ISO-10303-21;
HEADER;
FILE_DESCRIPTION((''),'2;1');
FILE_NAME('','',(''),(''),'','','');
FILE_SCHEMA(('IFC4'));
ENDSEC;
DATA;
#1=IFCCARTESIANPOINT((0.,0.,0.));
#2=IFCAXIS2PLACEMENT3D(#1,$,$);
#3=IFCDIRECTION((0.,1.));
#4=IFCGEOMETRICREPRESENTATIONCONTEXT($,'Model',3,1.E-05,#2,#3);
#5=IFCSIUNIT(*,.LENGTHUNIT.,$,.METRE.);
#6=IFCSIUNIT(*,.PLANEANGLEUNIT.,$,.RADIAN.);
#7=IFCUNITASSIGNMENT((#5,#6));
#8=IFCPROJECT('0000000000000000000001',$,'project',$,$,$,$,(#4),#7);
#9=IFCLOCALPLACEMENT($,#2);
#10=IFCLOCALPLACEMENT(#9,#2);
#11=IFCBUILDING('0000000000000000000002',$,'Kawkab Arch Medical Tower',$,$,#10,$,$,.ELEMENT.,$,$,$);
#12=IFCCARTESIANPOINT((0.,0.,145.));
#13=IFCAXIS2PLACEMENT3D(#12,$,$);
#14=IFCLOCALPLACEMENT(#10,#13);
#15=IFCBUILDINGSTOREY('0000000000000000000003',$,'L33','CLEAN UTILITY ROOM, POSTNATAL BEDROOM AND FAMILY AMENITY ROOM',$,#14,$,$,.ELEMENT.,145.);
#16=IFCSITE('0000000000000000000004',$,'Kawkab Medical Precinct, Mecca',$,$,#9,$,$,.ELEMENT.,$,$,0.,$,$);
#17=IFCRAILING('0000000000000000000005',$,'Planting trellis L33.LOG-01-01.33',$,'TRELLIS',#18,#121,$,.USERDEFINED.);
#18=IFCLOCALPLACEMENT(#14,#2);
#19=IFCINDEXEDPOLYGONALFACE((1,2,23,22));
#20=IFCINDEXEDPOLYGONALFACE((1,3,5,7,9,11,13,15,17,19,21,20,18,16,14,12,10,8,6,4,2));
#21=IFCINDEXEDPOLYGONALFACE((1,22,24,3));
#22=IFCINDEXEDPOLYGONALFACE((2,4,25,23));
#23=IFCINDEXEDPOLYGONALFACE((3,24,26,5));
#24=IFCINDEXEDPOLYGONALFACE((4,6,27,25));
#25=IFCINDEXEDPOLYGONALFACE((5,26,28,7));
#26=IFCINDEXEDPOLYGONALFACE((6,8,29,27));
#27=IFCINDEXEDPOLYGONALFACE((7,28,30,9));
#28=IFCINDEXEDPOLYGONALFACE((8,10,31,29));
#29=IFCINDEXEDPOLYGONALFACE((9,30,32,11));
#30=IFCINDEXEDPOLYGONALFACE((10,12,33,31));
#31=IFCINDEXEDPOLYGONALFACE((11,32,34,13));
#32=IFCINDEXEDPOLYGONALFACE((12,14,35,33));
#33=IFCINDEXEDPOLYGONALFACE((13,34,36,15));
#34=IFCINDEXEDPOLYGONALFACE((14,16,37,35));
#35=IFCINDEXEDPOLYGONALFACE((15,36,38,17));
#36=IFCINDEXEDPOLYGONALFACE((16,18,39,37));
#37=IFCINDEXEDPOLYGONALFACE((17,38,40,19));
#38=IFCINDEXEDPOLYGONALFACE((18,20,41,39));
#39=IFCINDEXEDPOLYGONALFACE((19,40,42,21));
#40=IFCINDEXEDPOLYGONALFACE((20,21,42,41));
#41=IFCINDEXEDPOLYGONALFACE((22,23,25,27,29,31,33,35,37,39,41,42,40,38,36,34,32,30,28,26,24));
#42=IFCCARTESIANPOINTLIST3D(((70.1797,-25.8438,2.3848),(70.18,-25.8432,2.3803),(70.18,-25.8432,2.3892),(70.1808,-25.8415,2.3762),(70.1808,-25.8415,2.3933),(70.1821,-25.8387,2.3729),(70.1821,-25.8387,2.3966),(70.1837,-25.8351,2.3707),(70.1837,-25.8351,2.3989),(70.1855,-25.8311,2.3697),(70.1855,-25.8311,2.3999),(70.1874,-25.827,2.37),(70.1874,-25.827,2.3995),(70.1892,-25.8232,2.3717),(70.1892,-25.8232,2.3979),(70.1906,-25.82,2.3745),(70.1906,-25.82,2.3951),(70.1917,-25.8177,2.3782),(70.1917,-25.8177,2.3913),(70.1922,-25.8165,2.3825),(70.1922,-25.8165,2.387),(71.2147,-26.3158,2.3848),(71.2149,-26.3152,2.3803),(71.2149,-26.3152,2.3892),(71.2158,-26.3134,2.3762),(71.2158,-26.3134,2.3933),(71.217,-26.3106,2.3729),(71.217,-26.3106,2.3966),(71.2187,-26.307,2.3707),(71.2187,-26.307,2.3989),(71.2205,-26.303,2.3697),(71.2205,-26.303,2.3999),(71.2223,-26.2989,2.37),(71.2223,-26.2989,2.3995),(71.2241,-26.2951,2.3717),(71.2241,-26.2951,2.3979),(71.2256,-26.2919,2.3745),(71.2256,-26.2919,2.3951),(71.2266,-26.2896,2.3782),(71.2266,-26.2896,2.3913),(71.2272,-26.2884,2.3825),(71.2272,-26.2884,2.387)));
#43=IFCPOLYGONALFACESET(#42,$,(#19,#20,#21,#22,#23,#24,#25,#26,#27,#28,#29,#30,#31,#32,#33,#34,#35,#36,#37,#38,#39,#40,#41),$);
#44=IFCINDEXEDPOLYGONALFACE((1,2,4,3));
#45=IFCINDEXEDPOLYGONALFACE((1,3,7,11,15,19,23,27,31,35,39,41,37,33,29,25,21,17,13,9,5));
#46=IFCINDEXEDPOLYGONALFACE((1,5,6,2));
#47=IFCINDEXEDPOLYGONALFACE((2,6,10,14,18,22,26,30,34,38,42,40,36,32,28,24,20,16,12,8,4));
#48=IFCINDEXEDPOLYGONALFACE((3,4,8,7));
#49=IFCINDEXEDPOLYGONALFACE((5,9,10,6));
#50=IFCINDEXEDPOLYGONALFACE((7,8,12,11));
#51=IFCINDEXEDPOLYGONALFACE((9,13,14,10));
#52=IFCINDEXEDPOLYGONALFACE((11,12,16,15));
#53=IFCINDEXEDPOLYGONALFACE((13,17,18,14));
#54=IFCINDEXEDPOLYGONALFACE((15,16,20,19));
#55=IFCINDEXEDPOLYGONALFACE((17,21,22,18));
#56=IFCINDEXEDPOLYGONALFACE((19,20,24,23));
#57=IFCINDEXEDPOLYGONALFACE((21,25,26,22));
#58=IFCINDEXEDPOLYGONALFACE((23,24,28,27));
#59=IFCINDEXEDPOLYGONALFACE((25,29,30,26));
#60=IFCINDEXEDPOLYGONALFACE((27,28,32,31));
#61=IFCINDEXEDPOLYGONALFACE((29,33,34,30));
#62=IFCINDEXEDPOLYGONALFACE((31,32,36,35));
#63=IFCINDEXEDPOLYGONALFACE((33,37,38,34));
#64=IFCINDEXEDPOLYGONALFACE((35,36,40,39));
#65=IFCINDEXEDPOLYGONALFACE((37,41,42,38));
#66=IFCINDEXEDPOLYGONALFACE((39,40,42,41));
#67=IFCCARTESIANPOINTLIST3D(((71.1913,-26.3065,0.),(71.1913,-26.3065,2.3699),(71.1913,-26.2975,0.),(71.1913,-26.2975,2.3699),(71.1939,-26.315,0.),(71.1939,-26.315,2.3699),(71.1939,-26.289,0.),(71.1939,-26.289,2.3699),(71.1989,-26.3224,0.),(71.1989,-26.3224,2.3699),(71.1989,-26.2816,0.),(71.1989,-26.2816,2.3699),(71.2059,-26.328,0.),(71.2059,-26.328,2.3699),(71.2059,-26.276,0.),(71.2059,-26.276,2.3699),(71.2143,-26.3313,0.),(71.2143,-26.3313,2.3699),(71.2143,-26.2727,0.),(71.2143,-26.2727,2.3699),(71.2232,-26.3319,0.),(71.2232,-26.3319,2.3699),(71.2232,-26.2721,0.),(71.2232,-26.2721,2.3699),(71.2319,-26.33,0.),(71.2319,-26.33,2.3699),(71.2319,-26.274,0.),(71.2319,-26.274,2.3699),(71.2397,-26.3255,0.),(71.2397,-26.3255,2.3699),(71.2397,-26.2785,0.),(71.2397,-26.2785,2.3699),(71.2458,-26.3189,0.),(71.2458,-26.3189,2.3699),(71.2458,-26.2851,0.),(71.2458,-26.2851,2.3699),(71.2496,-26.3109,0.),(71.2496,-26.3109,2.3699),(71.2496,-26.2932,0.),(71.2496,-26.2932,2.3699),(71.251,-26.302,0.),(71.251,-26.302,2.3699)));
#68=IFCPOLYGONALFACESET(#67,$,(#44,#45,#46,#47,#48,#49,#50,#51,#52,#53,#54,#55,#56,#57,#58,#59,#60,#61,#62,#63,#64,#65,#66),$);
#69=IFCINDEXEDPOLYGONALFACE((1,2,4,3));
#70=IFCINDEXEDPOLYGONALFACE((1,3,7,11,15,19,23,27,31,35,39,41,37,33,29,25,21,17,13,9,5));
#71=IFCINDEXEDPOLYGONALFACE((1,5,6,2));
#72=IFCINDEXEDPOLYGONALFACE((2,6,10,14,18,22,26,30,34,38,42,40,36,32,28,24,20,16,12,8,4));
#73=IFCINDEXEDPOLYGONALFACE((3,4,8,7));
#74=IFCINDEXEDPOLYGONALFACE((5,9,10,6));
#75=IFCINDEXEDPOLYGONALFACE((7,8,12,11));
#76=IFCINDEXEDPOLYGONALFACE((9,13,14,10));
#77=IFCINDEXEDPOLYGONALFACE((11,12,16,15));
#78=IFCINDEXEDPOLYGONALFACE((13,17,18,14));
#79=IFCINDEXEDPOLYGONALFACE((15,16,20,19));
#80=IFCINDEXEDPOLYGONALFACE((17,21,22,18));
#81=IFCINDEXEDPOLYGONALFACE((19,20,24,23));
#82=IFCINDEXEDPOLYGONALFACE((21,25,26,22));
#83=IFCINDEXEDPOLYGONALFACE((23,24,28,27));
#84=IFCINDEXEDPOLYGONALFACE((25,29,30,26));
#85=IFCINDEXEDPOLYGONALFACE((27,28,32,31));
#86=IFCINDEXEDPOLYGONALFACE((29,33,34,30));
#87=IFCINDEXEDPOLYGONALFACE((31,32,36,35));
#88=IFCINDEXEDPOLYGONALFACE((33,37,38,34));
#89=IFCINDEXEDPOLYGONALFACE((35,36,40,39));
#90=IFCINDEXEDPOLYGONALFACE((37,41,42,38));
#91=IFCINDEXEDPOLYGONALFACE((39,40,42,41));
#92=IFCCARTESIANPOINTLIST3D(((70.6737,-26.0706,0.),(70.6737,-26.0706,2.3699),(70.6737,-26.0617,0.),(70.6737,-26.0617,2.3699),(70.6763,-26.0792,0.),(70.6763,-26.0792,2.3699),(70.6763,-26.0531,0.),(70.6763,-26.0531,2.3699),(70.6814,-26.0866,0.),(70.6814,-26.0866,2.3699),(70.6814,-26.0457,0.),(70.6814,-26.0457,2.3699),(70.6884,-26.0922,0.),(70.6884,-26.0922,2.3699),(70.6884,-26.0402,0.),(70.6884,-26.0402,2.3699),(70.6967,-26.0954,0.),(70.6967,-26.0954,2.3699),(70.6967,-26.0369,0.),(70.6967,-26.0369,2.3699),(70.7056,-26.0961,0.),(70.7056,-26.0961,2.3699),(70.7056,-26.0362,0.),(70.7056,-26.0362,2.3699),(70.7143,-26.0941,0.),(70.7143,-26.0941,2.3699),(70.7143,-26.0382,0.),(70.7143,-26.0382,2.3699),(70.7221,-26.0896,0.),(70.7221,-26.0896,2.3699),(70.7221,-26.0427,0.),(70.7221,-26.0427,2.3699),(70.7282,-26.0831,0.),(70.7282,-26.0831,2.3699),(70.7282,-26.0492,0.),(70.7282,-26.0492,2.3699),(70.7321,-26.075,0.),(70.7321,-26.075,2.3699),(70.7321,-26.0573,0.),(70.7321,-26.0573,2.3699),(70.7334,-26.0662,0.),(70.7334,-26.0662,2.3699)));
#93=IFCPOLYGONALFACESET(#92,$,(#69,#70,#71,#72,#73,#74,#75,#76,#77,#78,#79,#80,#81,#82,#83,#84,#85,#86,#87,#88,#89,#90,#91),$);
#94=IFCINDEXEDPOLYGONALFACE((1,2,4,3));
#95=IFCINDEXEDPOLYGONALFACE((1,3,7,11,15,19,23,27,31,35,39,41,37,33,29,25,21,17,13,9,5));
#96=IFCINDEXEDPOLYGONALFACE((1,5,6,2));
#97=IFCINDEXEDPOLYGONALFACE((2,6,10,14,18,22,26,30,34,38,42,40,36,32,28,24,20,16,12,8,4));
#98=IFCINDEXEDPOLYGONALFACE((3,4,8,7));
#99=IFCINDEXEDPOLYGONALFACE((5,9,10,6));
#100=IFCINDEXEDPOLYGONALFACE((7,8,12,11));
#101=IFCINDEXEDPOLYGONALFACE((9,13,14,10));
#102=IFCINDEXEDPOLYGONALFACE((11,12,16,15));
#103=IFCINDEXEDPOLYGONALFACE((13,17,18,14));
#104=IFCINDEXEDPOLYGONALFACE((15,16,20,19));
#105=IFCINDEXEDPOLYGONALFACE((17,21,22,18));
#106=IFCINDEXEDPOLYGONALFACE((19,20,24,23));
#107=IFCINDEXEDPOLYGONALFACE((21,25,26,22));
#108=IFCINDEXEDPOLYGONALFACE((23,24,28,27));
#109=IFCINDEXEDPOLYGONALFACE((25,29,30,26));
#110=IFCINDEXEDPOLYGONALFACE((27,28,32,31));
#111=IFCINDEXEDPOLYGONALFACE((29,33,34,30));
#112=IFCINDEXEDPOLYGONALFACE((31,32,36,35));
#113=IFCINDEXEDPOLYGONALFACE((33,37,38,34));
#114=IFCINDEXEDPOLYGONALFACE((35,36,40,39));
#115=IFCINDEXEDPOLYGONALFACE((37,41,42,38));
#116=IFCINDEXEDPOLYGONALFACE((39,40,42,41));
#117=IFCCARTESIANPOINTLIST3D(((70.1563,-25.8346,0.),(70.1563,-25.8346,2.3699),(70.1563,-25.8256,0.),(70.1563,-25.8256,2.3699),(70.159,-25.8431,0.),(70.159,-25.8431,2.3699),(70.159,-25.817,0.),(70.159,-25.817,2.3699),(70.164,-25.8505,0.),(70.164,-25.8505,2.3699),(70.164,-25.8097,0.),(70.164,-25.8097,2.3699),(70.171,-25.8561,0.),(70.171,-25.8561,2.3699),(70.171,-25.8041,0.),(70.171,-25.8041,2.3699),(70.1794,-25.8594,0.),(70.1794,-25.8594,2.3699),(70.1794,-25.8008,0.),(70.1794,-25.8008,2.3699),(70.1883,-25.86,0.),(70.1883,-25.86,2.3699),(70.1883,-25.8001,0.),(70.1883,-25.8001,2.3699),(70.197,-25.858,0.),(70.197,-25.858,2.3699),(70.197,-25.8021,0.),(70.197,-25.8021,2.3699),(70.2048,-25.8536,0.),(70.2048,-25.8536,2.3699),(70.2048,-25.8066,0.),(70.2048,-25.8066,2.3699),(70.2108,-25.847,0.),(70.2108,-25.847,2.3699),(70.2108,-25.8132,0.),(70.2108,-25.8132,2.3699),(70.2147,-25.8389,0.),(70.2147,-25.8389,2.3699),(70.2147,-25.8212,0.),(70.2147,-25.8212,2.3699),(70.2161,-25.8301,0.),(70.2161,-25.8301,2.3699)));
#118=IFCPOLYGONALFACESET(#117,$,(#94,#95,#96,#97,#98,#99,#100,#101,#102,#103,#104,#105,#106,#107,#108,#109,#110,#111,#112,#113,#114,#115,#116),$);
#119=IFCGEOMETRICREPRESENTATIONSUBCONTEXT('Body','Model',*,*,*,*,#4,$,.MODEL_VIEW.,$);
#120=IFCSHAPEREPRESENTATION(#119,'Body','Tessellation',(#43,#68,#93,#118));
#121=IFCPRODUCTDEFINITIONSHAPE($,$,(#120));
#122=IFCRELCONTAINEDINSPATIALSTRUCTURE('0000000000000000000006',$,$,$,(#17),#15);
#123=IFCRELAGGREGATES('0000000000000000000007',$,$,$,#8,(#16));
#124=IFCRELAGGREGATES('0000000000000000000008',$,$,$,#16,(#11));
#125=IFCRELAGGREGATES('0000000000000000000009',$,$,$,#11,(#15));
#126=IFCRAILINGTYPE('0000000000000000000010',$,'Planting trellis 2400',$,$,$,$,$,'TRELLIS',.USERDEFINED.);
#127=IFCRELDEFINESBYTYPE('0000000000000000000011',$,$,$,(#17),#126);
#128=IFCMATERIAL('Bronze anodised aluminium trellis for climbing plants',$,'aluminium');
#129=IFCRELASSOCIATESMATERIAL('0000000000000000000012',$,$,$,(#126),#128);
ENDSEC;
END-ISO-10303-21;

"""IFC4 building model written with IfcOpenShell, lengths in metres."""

from ifc_helpers import new_model, si_unit, direction, frame, origin, origin_2d, place, context, subcontext, project, spatial, circle, extrude, material, type_object, element, save


model = new_model("IFC4")

# Units and contexts
model_context = context("Model", 3, precision=1e-05, world=origin(), true_north=direction((0.0, 1.0)))
body_context = subcontext(model_context, "Body", "Model", "MODEL_VIEW")
ifc_project = project(units=[si_unit("LENGTHUNIT", "METRE"), si_unit("PLANEANGLEUNIT", "RADIAN")], contexts=[model_context])

# Site, building, storey
site_placement = place(None, origin())
site = spatial("IfcSite", under=ifc_project, at=site_placement, Name="Kawkab Medical Precinct, Mecca", CompositionType="ELEMENT", RefElevation=0.0)
building_placement = place(site_placement, origin())
building = spatial("IfcBuilding", under=site, at=building_placement, Name="Kawkab Arch Medical Tower", CompositionType="ELEMENT")
storey_placement = place(building_placement, frame((0.0, 0.0, 145.0)))
storey = spatial("IfcBuildingStorey", under=building, at=storey_placement, Name="L33", Description="CLEAN UTILITY ROOM, POSTNATAL BEDROOM AND FAMILY AMENITY ROOM", CompositionType="ELEMENT", Elevation=145.0)

# Railing
ifc_material_1 = material(Name="Bronze anodised aluminium trellis for climbing plants", Category="aluminium")
railing_type = type_object("IfcRailingType", Name="Planting trellis 2400", ElementType="TRELLIS", PredefinedType="USERDEFINED", material=ifc_material_1)
railing_1_placement = place(storey_placement, frame((71.2209, -26.302, 0.0)))
element("IfcRailing", 1, at=railing_1_placement, inside=storey, type_object=railing_type, Name="Planting trellis L33.LOG-01-01.33", ObjectType="TRELLIS", PredefinedType="USERDEFINED", context=body_context, shape_type="SweptSolid", body=[
    extrude(circle(Radius=0.0151, at=origin_2d()), frame((0.0, 0.0, 2.3848), z_axis=(-0.909866, 0.414902, 0.0), x_axis=(-0.414902, -0.909866, 0.0)), (0.0, 0.0, 1.0), 1.1375),
    extrude(circle(Radius=0.03, at=origin_2d()), origin(), (0.0, 0.0, 1.0), 2.3699),
    extrude(circle(Radius=0.03, at=origin_2d()), frame((-0.5176, 0.2358, 0.0)), (0.0, 0.0, 1.0), 2.3699),
    extrude(circle(Radius=0.03, at=origin_2d()), frame((-1.0349, 0.4719, 0.0)), (0.0, 0.0, 1.0), 2.3699),
])

save(model, "model.ifc")
